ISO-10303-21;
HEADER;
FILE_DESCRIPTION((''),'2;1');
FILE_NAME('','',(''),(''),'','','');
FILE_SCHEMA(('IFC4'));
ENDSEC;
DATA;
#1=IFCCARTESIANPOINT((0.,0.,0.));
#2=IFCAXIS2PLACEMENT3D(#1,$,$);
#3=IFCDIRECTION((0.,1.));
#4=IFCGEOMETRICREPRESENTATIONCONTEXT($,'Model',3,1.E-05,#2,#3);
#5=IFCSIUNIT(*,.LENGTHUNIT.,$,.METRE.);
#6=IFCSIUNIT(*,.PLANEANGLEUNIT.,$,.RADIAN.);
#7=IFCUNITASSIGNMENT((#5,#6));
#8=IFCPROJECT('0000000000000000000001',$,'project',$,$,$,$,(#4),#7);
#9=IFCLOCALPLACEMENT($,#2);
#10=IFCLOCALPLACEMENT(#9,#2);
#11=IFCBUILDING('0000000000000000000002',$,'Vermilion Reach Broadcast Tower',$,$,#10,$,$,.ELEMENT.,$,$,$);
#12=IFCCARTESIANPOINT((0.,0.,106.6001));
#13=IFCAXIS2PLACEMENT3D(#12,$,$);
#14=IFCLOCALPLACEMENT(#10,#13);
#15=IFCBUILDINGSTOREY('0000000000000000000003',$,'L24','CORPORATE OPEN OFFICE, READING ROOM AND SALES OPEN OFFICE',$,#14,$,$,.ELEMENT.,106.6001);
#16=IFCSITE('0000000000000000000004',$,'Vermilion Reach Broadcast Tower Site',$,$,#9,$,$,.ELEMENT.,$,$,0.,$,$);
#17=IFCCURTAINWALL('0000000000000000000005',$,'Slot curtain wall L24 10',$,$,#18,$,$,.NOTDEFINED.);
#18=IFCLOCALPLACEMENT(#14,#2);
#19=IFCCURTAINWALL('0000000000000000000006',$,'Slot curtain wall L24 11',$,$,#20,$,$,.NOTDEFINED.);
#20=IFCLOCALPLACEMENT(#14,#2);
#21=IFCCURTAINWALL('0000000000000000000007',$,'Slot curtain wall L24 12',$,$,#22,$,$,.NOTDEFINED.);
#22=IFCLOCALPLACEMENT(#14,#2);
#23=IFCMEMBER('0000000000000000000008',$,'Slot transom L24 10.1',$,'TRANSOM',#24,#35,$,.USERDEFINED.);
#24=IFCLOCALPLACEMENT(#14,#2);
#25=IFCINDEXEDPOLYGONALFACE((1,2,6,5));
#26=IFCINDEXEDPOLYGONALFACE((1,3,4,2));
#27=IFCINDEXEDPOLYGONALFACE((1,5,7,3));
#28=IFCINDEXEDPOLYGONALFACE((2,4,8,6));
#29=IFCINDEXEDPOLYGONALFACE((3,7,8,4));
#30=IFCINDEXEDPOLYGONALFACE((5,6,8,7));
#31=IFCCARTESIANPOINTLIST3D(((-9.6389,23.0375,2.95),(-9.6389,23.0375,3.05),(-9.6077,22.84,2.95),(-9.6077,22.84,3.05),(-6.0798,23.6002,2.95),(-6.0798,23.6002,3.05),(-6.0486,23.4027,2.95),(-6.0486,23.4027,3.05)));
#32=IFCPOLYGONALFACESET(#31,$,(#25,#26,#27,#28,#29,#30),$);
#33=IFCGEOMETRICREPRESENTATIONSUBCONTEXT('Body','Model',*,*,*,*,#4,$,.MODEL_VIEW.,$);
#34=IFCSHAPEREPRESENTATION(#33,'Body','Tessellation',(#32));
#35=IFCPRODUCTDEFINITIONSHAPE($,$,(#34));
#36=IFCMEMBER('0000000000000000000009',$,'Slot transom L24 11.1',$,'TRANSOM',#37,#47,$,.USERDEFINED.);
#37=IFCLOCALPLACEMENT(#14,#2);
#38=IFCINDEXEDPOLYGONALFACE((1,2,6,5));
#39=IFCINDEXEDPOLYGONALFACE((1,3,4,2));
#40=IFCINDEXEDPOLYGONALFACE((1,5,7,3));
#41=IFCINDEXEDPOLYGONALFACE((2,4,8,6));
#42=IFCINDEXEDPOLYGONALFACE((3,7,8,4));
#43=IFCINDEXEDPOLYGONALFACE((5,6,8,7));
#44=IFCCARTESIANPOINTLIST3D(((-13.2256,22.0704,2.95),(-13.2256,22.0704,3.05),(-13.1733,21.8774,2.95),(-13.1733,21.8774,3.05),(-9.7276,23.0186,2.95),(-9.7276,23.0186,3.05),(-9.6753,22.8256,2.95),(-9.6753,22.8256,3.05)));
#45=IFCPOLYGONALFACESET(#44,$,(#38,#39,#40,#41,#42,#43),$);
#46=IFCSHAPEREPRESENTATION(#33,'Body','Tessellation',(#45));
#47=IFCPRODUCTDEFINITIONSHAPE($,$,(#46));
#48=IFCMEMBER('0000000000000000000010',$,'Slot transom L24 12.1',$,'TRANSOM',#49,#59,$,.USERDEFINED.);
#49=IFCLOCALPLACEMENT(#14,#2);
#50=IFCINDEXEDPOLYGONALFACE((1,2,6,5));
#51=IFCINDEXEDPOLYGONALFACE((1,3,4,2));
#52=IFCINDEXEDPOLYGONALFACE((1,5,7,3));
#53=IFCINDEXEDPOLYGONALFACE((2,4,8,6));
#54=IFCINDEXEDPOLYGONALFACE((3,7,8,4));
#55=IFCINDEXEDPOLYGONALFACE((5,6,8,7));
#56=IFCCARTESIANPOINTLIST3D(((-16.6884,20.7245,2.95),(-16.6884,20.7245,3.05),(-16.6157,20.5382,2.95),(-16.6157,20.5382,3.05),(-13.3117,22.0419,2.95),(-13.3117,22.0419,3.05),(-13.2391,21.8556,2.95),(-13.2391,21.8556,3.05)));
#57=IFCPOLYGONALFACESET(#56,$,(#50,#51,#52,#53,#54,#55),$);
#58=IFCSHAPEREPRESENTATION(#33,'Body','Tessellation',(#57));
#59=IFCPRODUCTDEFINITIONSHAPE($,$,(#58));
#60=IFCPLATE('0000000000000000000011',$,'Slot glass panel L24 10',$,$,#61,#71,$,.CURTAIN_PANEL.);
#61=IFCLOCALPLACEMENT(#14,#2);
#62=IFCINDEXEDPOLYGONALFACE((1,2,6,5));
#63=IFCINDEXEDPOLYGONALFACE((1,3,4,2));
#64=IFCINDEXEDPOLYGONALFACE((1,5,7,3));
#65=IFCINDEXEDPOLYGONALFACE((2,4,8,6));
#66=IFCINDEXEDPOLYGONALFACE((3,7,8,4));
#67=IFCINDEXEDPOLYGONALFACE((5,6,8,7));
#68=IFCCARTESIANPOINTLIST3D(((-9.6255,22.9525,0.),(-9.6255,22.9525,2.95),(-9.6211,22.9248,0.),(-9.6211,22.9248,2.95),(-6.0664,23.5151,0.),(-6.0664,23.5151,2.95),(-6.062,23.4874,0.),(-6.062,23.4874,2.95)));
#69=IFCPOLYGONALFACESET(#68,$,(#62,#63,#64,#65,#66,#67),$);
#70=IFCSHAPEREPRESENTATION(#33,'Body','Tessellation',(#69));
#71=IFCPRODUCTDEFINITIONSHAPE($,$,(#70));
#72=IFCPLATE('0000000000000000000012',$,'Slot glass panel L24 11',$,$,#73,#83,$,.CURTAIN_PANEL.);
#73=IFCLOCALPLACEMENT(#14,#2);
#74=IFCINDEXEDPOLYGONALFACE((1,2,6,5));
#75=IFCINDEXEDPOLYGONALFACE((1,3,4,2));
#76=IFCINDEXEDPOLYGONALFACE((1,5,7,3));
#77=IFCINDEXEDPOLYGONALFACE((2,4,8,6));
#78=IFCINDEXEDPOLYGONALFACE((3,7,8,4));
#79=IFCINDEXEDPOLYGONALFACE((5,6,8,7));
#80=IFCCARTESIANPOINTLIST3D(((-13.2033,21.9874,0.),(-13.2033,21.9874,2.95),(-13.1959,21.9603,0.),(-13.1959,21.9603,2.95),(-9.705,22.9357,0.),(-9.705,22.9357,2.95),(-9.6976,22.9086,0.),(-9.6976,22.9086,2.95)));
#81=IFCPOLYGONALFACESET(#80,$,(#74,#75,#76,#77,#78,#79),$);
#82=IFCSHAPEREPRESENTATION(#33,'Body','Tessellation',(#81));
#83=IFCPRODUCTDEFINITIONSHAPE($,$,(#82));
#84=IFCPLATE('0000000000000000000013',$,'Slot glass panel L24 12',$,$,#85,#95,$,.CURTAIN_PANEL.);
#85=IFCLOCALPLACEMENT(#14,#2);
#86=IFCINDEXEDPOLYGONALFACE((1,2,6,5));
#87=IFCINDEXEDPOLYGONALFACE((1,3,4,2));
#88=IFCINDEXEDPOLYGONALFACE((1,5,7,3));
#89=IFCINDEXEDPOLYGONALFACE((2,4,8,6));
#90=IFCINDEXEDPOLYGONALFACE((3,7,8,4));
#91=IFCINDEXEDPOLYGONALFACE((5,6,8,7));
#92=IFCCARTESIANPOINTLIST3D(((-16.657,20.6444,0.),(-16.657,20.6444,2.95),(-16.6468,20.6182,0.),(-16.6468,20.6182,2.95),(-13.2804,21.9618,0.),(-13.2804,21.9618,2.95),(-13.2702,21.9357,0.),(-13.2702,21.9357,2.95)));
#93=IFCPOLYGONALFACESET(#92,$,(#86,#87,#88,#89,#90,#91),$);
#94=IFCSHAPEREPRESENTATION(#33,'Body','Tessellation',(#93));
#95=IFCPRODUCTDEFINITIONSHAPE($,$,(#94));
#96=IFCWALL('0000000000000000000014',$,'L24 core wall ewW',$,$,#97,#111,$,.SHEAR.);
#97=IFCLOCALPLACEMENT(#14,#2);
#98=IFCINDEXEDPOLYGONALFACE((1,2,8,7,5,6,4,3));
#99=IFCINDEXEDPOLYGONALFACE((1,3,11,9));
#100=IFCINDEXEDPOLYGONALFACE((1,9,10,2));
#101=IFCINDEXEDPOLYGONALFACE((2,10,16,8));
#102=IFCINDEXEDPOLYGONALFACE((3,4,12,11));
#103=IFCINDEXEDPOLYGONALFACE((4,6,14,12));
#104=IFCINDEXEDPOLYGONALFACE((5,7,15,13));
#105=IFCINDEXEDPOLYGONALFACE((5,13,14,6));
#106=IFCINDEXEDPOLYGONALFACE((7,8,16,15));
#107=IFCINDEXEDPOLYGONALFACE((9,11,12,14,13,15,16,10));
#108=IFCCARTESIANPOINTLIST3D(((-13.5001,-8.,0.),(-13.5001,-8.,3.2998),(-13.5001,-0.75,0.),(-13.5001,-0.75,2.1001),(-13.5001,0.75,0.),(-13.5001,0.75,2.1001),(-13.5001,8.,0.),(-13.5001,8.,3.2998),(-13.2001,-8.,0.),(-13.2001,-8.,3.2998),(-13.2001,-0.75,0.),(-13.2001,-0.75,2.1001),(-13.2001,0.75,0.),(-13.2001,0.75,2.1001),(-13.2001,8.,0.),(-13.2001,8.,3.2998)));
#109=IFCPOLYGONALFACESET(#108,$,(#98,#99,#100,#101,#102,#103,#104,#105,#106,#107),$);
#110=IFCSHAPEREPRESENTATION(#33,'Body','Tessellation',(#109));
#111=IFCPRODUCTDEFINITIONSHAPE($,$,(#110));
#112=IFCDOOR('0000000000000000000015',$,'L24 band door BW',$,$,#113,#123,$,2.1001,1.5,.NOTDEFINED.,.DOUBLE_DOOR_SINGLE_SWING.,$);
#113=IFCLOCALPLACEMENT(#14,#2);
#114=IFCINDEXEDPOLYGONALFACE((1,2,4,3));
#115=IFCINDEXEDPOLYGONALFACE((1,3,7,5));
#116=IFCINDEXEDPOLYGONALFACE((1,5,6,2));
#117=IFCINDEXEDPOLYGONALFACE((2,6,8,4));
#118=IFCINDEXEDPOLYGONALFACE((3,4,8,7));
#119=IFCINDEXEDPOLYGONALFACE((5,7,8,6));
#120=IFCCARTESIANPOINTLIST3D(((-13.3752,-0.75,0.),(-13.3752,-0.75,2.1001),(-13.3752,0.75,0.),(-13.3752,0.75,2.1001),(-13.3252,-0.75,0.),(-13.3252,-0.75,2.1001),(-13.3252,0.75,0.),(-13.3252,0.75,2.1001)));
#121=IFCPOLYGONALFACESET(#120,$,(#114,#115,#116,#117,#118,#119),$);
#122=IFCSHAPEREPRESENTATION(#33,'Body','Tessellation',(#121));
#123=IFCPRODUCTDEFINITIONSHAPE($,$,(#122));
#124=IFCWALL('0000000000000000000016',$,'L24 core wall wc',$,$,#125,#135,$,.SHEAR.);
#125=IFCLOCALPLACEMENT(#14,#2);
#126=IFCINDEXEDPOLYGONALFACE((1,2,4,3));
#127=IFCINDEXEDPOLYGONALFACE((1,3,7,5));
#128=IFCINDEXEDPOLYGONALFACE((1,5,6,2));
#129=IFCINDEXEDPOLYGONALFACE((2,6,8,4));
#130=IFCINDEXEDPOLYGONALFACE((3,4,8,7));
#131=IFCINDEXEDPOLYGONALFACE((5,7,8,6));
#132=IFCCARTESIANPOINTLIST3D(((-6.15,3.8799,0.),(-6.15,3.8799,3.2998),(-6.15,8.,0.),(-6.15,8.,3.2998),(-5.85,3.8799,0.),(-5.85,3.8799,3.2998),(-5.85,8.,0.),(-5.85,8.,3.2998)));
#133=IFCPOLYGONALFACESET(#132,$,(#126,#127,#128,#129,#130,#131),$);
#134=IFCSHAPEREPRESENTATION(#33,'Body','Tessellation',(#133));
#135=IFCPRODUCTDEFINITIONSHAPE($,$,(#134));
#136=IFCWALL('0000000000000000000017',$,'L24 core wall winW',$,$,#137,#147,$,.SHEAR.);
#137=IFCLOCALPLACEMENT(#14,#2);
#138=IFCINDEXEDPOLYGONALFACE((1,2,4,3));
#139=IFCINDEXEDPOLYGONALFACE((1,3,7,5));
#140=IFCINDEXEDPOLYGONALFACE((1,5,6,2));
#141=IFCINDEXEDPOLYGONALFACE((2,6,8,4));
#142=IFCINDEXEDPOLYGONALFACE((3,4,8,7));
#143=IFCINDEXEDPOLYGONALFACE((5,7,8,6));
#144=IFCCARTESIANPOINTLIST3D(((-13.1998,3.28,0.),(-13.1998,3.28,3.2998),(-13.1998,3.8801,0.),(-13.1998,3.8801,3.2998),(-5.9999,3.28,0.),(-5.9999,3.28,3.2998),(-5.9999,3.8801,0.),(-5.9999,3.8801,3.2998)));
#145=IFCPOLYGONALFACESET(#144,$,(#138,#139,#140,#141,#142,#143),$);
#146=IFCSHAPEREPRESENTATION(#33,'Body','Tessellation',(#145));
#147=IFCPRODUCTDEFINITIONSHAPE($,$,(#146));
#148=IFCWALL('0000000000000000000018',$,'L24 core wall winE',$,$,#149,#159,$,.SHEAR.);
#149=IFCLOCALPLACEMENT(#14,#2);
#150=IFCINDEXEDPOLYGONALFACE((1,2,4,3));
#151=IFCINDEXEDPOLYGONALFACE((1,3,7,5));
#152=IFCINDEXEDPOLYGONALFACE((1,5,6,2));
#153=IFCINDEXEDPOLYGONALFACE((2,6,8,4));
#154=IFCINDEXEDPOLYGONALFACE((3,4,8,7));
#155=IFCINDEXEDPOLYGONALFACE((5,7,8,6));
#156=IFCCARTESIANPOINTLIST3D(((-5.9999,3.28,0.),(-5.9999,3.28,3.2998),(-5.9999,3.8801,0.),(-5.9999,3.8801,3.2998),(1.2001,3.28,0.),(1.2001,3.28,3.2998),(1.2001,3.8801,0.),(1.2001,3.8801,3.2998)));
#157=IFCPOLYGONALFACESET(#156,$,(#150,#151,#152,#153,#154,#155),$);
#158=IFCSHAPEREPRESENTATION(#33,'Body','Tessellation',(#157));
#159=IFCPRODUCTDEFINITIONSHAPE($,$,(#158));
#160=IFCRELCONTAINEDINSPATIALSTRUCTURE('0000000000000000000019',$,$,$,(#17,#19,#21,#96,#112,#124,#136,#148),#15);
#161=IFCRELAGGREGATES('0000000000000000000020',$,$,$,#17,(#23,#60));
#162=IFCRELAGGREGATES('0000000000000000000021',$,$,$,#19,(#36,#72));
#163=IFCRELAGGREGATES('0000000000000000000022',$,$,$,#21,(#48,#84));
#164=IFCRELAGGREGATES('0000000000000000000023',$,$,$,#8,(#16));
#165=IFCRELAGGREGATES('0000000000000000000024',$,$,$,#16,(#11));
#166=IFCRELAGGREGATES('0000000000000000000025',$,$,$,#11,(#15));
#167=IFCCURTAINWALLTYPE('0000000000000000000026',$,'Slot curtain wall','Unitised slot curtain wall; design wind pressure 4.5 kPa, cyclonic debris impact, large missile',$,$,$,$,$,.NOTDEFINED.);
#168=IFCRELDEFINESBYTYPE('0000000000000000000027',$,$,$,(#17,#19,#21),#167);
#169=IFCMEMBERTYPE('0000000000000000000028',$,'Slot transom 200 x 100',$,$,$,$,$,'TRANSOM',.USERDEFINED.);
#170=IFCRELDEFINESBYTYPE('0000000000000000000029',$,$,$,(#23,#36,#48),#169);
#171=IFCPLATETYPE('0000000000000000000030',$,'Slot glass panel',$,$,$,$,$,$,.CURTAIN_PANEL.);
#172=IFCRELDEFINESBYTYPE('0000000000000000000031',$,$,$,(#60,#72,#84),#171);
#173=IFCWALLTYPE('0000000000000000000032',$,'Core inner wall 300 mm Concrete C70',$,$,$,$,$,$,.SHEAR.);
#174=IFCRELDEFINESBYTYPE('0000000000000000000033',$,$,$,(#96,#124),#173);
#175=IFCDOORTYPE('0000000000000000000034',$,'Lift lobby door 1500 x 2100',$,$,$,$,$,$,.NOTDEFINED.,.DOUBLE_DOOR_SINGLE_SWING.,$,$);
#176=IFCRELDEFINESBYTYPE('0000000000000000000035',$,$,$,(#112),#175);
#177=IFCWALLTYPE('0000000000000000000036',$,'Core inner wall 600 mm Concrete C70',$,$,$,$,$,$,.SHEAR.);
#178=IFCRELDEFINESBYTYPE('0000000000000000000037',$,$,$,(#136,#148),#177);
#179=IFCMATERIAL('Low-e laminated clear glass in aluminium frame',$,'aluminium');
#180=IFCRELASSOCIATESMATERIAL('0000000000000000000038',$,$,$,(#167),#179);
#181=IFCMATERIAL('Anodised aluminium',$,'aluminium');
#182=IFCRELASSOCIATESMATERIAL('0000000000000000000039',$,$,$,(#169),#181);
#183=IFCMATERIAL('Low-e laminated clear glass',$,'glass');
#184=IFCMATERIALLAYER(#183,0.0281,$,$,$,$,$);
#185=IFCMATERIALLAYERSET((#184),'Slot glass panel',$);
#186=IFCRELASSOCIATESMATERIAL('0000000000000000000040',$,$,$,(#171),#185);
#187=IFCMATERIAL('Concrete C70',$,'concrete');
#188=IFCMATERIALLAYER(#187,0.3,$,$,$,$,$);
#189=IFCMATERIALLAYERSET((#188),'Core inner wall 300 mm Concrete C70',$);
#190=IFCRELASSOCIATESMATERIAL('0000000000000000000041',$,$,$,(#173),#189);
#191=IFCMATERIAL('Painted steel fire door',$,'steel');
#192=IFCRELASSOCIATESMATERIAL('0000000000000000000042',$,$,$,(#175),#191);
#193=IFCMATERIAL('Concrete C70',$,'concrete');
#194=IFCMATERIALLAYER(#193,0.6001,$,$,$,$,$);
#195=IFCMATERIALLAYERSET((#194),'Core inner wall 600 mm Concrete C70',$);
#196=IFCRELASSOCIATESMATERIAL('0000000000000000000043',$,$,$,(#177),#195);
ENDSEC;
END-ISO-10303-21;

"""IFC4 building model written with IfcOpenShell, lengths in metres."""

from ifc_helpers import new_model, si_unit, direction, frame, frame_2d, origin, origin_2d, place, context, subcontext, project, spatial, rectangle, extrude, material, layer, layer_set, material_profile, profile_set, type_object, element, fill, aggregate, save


model = new_model("IFC4")

# Units and contexts
model_context = context("Model", 3, precision=1e-05, world=origin(), true_north=direction((0.0, 1.0)))
body_context = subcontext(model_context, "Body", "Model", "MODEL_VIEW")
ifc_project = project(units=[si_unit("LENGTHUNIT", "METRE"), si_unit("PLANEANGLEUNIT", "RADIAN")], contexts=[model_context])

# Site, building, storey
site_placement = place(None, origin())
site = spatial("IfcSite", under=ifc_project, at=site_placement, Name="Vermilion Reach Broadcast Tower Site", CompositionType="ELEMENT", RefElevation=0.0)
building_placement = place(site_placement, origin())
building = spatial("IfcBuilding", under=site, at=building_placement, Name="Vermilion Reach Broadcast Tower", CompositionType="ELEMENT")
storey_placement = place(building_placement, frame((0.0, 0.0, 106.6001)))
storey = spatial("IfcBuildingStorey", under=building, at=storey_placement, Name="L24", Description="CORPORATE OPEN OFFICE, READING ROOM AND SALES OPEN OFFICE", CompositionType="ELEMENT", Elevation=106.6001)

# Curtain walls
ifc_material_1 = material(Name="Low-e laminated clear glass in aluminium frame", Category="aluminium")
curtain_wall_type = type_object("IfcCurtainWallType", Name="Slot curtain wall", Description="Unitised slot curtain wall; design wind pressure 4.5 kPa, cyclonic debris impact, large missile", PredefinedType="NOTDEFINED", material=ifc_material_1)
placement = place(storey_placement, origin())
curtain_wall_1 = element("IfcCurtainWall", 1, at=placement, inside=storey, type_object=curtain_wall_type, Name="Slot curtain wall L24 10", PredefinedType="NOTDEFINED")
curtain_wall_2 = element("IfcCurtainWall", 2, at=placement, inside=storey, type_object=curtain_wall_type, Name="Slot curtain wall L24 11", PredefinedType="NOTDEFINED")
curtain_wall_3 = element("IfcCurtainWall", 3, at=placement, inside=storey, type_object=curtain_wall_type, Name="Slot curtain wall L24 12", PredefinedType="NOTDEFINED")

# Members
ifc_material_2 = material(Name="Anodised aluminium", Category="aluminium")
ifc_material_profile_1 = material_profile(ifc_material_2, rectangle(XDim=0.2, YDim=0.1001, at=origin_2d()), Name="Slot transom 200 x 100")
ifc_profile_set_1 = profile_set([ifc_material_profile_1], Name="Anodised aluminium")
member_type_1 = type_object("IfcMemberType", Name="Slot transom 200 x 100", ElementType="TRANSOM", PredefinedType="USERDEFINED", material=ifc_profile_set_1)
member_1_placement = place(storey_placement, frame((-6.0642, 23.5015, 3.0), z_axis=(-0.987729, -0.156175, 0.0), x_axis=(0.156175, -0.987729, 0.0)))
member_1 = element("IfcMember", 4, at=member_1_placement, type_object=member_type_1, Name="Slot transom L24 10.1", ObjectType="TRANSOM", PredefinedType="USERDEFINED", context=body_context, shape_type="SweptSolid", body=[
    extrude(rectangle(XDim=0.2, YDim=0.1001, at=origin_2d()), origin(), (0.0, 0.0, 1.0), 3.6033),
])
member_2_placement = place(storey_placement, frame((-9.7014, 22.9221, 3.0), z_axis=(-0.965167, -0.261635, 0.0), x_axis=(0.261635, -0.965167, 0.0)))
member_2 = element("IfcMember", 5, at=member_2_placement, type_object=member_type_1, Name="Slot transom L24 11.1", ObjectType="TRANSOM", PredefinedType="USERDEFINED", context=body_context, shape_type="SweptSolid", body=[
    extrude(rectangle(XDim=0.2, YDim=0.1001, at=origin_2d()), origin(), (0.0, 0.0, 1.0), 3.6243),
])
member_3_placement = place(storey_placement, frame((-13.2754, 21.9487, 3.0), z_axis=(-0.931611, -0.363457, 0.0), x_axis=(0.363457, -0.931611, 0.0)))
member_3 = element("IfcMember", 6, at=member_3_placement, type_object=member_type_1, Name="Slot transom L24 12.1", ObjectType="TRANSOM", PredefinedType="USERDEFINED", context=body_context, shape_type="SweptSolid", body=[
    extrude(rectangle(XDim=0.2, YDim=0.1001, at=origin_2d()), origin(), (0.0, 0.0, 1.0), 3.6245),
])

# Plates
ifc_material_3 = material(Name="Low-e laminated clear glass", Category="glass")
ifc_layer_1 = layer(ifc_material_3, 0.0281)
ifc_layer_set_1 = layer_set([ifc_layer_1], Name="Slot glass panel")
plate_type = type_object("IfcPlateType", Name="Slot glass panel", PredefinedType="CURTAIN_PANEL", material=ifc_layer_set_1)
plate_1_placement = place(storey_placement, frame((-7.8438, 23.22, 0.0), z_axis=(0.0, 0.0, 1.0), x_axis=(-0.987736, -0.156132, 0.0)))
plate_1 = element("IfcPlate", 7, at=plate_1_placement, type_object=plate_type, Name="Slot glass panel L24 10", PredefinedType="CURTAIN_PANEL", context=body_context, shape_type="SweptSolid", body=[
    extrude(rectangle(XDim=3.6033, YDim=0.0281, at=origin_2d()), origin(), (0.0, 0.0, 1.0), 2.95),
])
aggregate(curtain_wall_1, [member_1, plate_1])
plate_2_placement = place(storey_placement, frame((-11.4504, 22.448, 0.0), z_axis=(0.0, 0.0, 1.0), x_axis=(-0.965173, -0.261611, 0.0)))
plate_2 = element("IfcPlate", 8, at=plate_2_placement, type_object=plate_type, Name="Slot glass panel L24 11", PredefinedType="CURTAIN_PANEL", context=body_context, shape_type="SweptSolid", body=[
    extrude(rectangle(XDim=3.6245, YDim=0.0281, at=origin_2d()), origin(), (0.0, 0.0, 1.0), 2.95),
])
aggregate(curtain_wall_2, [member_2, plate_2])
plate_3_placement = place(storey_placement, frame((-14.9636, 21.29, 0.0), z_axis=(0.0, 0.0, 1.0), x_axis=(-0.9316, -0.363484, 0.0)))
plate_3 = element("IfcPlate", 9, at=plate_3_placement, type_object=plate_type, Name="Slot glass panel L24 12", PredefinedType="CURTAIN_PANEL", context=body_context, shape_type="SweptSolid", body=[
    extrude(rectangle(XDim=3.6245, YDim=0.0281, at=origin_2d()), origin(), (0.0, 0.0, 1.0), 2.95),
])
aggregate(curtain_wall_3, [member_3, plate_3])

# Wall, opening, door
ifc_material_4 = material(Name="Concrete C70", Category="concrete")
ifc_layer_2 = layer(ifc_material_4, 0.3)
ifc_layer_set_2 = layer_set([ifc_layer_2], Name="Core inner wall 300 mm Concrete C70")
wall_type_1 = type_object("IfcWallType", Name="Core inner wall 300 mm Concrete C70", PredefinedType="SHEAR", material=ifc_layer_set_2)
wall_1_placement = place(storey_placement, frame((-13.3501, 8.0, 0.0), z_axis=(0.0, 0.0, 1.0), x_axis=(0.0, -1.0, 0.0)))
wall_1 = element("IfcWall", 10, at=wall_1_placement, inside=storey, type_object=wall_type_1, Name="L24 core wall ewW", PredefinedType="SHEAR", context=body_context, shape_type="SweptSolid", body=[
    extrude(rectangle(XDim=16.0, YDim=0.3, at=frame_2d((8.0, 0.0))), origin(), (0.0, 0.0, 1.0), 3.2998),
])
opening_1_placement = place(wall_1_placement, frame((7.25, 0.0, 0.0)))
opening_1 = element("IfcOpeningElement", 11, at=opening_1_placement, cuts=wall_1, PredefinedType="OPENING", context=body_context, shape_type="SweptSolid", body=[
    extrude(rectangle(XDim=1.5, YDim=2.1001, at=frame_2d((0.75, 1.05))), frame((0.0, 0.1599, 0.0), z_axis=(0.0, -1.0, 0.0), x_axis=(1.0, 0.0, 0.0)), (0.0, 0.0, 1.0), 0.3201),
])
ifc_material_5 = material(Name="Painted steel fire door", Category="steel")
door_type_1 = type_object("IfcDoorType", Name="Lift lobby door 1500 x 2100", OperationType="DOUBLE_DOOR_SINGLE_SWING", PredefinedType="NOTDEFINED", material=ifc_material_5)
door_1_placement = place(opening_1_placement, origin())
door_1 = element("IfcDoor", 12, at=door_1_placement, inside=storey, type_object=door_type_1, Name="L24 band door BW", OperationType="DOUBLE_DOOR_SINGLE_SWING", OverallHeight=2.1001, OverallWidth=1.5, PredefinedType="NOTDEFINED", context=body_context, shape_type="SweptSolid", body=[
    extrude(rectangle(XDim=1.5, YDim=2.1001, at=frame_2d((0.75, 1.05))), frame((0.0, 0.0249, 0.0), z_axis=(0.0, -1.0, 0.0), x_axis=(1.0, 0.0, 0.0)), (0.0, 0.0, 1.0), 0.05),
])
fill(opening_1, door_1)

# Walls
wall_2_placement = place(storey_placement, frame((-6.0, 3.8799, 0.0), z_axis=(0.0, 0.0, 1.0), x_axis=(0.0, 1.0, 0.0)))
element("IfcWall", 13, at=wall_2_placement, inside=storey, type_object=wall_type_1, Name="L24 core wall wc", PredefinedType="SHEAR", context=body_context, shape_type="SweptSolid", body=[
    extrude(rectangle(XDim=4.1201, YDim=0.3, at=frame_2d((2.0601, 0.0))), origin(), (0.0, 0.0, 1.0), 3.2998),
])
ifc_material_6 = material(Name="Concrete C70", Category="concrete")
ifc_layer_3 = layer(ifc_material_6, 0.6001)
ifc_layer_set_3 = layer_set([ifc_layer_3], Name="Core inner wall 600 mm Concrete C70")
wall_type_2 = type_object("IfcWallType", Name="Core inner wall 600 mm Concrete C70", PredefinedType="SHEAR", material=ifc_layer_set_3)
for number, where, z_axis, x_axis, name in (
    (14, (-13.2, 3.5801, 0.0), (0.0, 0.0, 1.0), (1.0, 0.0, 0.0), "L24 core wall winW"),
    (15, (-6.0, 3.5801, 0.0), (0.0, 0.0, 1.0), (1.0, 0.0, 0.0), "L24 core wall winE"),
):
    element("IfcWall", number, at=place(storey_placement, frame(where, z_axis=z_axis, x_axis=x_axis)), inside=storey, type_object=wall_type_2, Name=name, PredefinedType="SHEAR", context=body_context, shape_type="SweptSolid", body=[
        extrude(rectangle(XDim=7.2, YDim=0.6001, at=frame_2d((3.6001, 0.0))), origin(), (0.0, 0.0, 1.0), 3.2998),
    ])

save(model, "model.ifc")
